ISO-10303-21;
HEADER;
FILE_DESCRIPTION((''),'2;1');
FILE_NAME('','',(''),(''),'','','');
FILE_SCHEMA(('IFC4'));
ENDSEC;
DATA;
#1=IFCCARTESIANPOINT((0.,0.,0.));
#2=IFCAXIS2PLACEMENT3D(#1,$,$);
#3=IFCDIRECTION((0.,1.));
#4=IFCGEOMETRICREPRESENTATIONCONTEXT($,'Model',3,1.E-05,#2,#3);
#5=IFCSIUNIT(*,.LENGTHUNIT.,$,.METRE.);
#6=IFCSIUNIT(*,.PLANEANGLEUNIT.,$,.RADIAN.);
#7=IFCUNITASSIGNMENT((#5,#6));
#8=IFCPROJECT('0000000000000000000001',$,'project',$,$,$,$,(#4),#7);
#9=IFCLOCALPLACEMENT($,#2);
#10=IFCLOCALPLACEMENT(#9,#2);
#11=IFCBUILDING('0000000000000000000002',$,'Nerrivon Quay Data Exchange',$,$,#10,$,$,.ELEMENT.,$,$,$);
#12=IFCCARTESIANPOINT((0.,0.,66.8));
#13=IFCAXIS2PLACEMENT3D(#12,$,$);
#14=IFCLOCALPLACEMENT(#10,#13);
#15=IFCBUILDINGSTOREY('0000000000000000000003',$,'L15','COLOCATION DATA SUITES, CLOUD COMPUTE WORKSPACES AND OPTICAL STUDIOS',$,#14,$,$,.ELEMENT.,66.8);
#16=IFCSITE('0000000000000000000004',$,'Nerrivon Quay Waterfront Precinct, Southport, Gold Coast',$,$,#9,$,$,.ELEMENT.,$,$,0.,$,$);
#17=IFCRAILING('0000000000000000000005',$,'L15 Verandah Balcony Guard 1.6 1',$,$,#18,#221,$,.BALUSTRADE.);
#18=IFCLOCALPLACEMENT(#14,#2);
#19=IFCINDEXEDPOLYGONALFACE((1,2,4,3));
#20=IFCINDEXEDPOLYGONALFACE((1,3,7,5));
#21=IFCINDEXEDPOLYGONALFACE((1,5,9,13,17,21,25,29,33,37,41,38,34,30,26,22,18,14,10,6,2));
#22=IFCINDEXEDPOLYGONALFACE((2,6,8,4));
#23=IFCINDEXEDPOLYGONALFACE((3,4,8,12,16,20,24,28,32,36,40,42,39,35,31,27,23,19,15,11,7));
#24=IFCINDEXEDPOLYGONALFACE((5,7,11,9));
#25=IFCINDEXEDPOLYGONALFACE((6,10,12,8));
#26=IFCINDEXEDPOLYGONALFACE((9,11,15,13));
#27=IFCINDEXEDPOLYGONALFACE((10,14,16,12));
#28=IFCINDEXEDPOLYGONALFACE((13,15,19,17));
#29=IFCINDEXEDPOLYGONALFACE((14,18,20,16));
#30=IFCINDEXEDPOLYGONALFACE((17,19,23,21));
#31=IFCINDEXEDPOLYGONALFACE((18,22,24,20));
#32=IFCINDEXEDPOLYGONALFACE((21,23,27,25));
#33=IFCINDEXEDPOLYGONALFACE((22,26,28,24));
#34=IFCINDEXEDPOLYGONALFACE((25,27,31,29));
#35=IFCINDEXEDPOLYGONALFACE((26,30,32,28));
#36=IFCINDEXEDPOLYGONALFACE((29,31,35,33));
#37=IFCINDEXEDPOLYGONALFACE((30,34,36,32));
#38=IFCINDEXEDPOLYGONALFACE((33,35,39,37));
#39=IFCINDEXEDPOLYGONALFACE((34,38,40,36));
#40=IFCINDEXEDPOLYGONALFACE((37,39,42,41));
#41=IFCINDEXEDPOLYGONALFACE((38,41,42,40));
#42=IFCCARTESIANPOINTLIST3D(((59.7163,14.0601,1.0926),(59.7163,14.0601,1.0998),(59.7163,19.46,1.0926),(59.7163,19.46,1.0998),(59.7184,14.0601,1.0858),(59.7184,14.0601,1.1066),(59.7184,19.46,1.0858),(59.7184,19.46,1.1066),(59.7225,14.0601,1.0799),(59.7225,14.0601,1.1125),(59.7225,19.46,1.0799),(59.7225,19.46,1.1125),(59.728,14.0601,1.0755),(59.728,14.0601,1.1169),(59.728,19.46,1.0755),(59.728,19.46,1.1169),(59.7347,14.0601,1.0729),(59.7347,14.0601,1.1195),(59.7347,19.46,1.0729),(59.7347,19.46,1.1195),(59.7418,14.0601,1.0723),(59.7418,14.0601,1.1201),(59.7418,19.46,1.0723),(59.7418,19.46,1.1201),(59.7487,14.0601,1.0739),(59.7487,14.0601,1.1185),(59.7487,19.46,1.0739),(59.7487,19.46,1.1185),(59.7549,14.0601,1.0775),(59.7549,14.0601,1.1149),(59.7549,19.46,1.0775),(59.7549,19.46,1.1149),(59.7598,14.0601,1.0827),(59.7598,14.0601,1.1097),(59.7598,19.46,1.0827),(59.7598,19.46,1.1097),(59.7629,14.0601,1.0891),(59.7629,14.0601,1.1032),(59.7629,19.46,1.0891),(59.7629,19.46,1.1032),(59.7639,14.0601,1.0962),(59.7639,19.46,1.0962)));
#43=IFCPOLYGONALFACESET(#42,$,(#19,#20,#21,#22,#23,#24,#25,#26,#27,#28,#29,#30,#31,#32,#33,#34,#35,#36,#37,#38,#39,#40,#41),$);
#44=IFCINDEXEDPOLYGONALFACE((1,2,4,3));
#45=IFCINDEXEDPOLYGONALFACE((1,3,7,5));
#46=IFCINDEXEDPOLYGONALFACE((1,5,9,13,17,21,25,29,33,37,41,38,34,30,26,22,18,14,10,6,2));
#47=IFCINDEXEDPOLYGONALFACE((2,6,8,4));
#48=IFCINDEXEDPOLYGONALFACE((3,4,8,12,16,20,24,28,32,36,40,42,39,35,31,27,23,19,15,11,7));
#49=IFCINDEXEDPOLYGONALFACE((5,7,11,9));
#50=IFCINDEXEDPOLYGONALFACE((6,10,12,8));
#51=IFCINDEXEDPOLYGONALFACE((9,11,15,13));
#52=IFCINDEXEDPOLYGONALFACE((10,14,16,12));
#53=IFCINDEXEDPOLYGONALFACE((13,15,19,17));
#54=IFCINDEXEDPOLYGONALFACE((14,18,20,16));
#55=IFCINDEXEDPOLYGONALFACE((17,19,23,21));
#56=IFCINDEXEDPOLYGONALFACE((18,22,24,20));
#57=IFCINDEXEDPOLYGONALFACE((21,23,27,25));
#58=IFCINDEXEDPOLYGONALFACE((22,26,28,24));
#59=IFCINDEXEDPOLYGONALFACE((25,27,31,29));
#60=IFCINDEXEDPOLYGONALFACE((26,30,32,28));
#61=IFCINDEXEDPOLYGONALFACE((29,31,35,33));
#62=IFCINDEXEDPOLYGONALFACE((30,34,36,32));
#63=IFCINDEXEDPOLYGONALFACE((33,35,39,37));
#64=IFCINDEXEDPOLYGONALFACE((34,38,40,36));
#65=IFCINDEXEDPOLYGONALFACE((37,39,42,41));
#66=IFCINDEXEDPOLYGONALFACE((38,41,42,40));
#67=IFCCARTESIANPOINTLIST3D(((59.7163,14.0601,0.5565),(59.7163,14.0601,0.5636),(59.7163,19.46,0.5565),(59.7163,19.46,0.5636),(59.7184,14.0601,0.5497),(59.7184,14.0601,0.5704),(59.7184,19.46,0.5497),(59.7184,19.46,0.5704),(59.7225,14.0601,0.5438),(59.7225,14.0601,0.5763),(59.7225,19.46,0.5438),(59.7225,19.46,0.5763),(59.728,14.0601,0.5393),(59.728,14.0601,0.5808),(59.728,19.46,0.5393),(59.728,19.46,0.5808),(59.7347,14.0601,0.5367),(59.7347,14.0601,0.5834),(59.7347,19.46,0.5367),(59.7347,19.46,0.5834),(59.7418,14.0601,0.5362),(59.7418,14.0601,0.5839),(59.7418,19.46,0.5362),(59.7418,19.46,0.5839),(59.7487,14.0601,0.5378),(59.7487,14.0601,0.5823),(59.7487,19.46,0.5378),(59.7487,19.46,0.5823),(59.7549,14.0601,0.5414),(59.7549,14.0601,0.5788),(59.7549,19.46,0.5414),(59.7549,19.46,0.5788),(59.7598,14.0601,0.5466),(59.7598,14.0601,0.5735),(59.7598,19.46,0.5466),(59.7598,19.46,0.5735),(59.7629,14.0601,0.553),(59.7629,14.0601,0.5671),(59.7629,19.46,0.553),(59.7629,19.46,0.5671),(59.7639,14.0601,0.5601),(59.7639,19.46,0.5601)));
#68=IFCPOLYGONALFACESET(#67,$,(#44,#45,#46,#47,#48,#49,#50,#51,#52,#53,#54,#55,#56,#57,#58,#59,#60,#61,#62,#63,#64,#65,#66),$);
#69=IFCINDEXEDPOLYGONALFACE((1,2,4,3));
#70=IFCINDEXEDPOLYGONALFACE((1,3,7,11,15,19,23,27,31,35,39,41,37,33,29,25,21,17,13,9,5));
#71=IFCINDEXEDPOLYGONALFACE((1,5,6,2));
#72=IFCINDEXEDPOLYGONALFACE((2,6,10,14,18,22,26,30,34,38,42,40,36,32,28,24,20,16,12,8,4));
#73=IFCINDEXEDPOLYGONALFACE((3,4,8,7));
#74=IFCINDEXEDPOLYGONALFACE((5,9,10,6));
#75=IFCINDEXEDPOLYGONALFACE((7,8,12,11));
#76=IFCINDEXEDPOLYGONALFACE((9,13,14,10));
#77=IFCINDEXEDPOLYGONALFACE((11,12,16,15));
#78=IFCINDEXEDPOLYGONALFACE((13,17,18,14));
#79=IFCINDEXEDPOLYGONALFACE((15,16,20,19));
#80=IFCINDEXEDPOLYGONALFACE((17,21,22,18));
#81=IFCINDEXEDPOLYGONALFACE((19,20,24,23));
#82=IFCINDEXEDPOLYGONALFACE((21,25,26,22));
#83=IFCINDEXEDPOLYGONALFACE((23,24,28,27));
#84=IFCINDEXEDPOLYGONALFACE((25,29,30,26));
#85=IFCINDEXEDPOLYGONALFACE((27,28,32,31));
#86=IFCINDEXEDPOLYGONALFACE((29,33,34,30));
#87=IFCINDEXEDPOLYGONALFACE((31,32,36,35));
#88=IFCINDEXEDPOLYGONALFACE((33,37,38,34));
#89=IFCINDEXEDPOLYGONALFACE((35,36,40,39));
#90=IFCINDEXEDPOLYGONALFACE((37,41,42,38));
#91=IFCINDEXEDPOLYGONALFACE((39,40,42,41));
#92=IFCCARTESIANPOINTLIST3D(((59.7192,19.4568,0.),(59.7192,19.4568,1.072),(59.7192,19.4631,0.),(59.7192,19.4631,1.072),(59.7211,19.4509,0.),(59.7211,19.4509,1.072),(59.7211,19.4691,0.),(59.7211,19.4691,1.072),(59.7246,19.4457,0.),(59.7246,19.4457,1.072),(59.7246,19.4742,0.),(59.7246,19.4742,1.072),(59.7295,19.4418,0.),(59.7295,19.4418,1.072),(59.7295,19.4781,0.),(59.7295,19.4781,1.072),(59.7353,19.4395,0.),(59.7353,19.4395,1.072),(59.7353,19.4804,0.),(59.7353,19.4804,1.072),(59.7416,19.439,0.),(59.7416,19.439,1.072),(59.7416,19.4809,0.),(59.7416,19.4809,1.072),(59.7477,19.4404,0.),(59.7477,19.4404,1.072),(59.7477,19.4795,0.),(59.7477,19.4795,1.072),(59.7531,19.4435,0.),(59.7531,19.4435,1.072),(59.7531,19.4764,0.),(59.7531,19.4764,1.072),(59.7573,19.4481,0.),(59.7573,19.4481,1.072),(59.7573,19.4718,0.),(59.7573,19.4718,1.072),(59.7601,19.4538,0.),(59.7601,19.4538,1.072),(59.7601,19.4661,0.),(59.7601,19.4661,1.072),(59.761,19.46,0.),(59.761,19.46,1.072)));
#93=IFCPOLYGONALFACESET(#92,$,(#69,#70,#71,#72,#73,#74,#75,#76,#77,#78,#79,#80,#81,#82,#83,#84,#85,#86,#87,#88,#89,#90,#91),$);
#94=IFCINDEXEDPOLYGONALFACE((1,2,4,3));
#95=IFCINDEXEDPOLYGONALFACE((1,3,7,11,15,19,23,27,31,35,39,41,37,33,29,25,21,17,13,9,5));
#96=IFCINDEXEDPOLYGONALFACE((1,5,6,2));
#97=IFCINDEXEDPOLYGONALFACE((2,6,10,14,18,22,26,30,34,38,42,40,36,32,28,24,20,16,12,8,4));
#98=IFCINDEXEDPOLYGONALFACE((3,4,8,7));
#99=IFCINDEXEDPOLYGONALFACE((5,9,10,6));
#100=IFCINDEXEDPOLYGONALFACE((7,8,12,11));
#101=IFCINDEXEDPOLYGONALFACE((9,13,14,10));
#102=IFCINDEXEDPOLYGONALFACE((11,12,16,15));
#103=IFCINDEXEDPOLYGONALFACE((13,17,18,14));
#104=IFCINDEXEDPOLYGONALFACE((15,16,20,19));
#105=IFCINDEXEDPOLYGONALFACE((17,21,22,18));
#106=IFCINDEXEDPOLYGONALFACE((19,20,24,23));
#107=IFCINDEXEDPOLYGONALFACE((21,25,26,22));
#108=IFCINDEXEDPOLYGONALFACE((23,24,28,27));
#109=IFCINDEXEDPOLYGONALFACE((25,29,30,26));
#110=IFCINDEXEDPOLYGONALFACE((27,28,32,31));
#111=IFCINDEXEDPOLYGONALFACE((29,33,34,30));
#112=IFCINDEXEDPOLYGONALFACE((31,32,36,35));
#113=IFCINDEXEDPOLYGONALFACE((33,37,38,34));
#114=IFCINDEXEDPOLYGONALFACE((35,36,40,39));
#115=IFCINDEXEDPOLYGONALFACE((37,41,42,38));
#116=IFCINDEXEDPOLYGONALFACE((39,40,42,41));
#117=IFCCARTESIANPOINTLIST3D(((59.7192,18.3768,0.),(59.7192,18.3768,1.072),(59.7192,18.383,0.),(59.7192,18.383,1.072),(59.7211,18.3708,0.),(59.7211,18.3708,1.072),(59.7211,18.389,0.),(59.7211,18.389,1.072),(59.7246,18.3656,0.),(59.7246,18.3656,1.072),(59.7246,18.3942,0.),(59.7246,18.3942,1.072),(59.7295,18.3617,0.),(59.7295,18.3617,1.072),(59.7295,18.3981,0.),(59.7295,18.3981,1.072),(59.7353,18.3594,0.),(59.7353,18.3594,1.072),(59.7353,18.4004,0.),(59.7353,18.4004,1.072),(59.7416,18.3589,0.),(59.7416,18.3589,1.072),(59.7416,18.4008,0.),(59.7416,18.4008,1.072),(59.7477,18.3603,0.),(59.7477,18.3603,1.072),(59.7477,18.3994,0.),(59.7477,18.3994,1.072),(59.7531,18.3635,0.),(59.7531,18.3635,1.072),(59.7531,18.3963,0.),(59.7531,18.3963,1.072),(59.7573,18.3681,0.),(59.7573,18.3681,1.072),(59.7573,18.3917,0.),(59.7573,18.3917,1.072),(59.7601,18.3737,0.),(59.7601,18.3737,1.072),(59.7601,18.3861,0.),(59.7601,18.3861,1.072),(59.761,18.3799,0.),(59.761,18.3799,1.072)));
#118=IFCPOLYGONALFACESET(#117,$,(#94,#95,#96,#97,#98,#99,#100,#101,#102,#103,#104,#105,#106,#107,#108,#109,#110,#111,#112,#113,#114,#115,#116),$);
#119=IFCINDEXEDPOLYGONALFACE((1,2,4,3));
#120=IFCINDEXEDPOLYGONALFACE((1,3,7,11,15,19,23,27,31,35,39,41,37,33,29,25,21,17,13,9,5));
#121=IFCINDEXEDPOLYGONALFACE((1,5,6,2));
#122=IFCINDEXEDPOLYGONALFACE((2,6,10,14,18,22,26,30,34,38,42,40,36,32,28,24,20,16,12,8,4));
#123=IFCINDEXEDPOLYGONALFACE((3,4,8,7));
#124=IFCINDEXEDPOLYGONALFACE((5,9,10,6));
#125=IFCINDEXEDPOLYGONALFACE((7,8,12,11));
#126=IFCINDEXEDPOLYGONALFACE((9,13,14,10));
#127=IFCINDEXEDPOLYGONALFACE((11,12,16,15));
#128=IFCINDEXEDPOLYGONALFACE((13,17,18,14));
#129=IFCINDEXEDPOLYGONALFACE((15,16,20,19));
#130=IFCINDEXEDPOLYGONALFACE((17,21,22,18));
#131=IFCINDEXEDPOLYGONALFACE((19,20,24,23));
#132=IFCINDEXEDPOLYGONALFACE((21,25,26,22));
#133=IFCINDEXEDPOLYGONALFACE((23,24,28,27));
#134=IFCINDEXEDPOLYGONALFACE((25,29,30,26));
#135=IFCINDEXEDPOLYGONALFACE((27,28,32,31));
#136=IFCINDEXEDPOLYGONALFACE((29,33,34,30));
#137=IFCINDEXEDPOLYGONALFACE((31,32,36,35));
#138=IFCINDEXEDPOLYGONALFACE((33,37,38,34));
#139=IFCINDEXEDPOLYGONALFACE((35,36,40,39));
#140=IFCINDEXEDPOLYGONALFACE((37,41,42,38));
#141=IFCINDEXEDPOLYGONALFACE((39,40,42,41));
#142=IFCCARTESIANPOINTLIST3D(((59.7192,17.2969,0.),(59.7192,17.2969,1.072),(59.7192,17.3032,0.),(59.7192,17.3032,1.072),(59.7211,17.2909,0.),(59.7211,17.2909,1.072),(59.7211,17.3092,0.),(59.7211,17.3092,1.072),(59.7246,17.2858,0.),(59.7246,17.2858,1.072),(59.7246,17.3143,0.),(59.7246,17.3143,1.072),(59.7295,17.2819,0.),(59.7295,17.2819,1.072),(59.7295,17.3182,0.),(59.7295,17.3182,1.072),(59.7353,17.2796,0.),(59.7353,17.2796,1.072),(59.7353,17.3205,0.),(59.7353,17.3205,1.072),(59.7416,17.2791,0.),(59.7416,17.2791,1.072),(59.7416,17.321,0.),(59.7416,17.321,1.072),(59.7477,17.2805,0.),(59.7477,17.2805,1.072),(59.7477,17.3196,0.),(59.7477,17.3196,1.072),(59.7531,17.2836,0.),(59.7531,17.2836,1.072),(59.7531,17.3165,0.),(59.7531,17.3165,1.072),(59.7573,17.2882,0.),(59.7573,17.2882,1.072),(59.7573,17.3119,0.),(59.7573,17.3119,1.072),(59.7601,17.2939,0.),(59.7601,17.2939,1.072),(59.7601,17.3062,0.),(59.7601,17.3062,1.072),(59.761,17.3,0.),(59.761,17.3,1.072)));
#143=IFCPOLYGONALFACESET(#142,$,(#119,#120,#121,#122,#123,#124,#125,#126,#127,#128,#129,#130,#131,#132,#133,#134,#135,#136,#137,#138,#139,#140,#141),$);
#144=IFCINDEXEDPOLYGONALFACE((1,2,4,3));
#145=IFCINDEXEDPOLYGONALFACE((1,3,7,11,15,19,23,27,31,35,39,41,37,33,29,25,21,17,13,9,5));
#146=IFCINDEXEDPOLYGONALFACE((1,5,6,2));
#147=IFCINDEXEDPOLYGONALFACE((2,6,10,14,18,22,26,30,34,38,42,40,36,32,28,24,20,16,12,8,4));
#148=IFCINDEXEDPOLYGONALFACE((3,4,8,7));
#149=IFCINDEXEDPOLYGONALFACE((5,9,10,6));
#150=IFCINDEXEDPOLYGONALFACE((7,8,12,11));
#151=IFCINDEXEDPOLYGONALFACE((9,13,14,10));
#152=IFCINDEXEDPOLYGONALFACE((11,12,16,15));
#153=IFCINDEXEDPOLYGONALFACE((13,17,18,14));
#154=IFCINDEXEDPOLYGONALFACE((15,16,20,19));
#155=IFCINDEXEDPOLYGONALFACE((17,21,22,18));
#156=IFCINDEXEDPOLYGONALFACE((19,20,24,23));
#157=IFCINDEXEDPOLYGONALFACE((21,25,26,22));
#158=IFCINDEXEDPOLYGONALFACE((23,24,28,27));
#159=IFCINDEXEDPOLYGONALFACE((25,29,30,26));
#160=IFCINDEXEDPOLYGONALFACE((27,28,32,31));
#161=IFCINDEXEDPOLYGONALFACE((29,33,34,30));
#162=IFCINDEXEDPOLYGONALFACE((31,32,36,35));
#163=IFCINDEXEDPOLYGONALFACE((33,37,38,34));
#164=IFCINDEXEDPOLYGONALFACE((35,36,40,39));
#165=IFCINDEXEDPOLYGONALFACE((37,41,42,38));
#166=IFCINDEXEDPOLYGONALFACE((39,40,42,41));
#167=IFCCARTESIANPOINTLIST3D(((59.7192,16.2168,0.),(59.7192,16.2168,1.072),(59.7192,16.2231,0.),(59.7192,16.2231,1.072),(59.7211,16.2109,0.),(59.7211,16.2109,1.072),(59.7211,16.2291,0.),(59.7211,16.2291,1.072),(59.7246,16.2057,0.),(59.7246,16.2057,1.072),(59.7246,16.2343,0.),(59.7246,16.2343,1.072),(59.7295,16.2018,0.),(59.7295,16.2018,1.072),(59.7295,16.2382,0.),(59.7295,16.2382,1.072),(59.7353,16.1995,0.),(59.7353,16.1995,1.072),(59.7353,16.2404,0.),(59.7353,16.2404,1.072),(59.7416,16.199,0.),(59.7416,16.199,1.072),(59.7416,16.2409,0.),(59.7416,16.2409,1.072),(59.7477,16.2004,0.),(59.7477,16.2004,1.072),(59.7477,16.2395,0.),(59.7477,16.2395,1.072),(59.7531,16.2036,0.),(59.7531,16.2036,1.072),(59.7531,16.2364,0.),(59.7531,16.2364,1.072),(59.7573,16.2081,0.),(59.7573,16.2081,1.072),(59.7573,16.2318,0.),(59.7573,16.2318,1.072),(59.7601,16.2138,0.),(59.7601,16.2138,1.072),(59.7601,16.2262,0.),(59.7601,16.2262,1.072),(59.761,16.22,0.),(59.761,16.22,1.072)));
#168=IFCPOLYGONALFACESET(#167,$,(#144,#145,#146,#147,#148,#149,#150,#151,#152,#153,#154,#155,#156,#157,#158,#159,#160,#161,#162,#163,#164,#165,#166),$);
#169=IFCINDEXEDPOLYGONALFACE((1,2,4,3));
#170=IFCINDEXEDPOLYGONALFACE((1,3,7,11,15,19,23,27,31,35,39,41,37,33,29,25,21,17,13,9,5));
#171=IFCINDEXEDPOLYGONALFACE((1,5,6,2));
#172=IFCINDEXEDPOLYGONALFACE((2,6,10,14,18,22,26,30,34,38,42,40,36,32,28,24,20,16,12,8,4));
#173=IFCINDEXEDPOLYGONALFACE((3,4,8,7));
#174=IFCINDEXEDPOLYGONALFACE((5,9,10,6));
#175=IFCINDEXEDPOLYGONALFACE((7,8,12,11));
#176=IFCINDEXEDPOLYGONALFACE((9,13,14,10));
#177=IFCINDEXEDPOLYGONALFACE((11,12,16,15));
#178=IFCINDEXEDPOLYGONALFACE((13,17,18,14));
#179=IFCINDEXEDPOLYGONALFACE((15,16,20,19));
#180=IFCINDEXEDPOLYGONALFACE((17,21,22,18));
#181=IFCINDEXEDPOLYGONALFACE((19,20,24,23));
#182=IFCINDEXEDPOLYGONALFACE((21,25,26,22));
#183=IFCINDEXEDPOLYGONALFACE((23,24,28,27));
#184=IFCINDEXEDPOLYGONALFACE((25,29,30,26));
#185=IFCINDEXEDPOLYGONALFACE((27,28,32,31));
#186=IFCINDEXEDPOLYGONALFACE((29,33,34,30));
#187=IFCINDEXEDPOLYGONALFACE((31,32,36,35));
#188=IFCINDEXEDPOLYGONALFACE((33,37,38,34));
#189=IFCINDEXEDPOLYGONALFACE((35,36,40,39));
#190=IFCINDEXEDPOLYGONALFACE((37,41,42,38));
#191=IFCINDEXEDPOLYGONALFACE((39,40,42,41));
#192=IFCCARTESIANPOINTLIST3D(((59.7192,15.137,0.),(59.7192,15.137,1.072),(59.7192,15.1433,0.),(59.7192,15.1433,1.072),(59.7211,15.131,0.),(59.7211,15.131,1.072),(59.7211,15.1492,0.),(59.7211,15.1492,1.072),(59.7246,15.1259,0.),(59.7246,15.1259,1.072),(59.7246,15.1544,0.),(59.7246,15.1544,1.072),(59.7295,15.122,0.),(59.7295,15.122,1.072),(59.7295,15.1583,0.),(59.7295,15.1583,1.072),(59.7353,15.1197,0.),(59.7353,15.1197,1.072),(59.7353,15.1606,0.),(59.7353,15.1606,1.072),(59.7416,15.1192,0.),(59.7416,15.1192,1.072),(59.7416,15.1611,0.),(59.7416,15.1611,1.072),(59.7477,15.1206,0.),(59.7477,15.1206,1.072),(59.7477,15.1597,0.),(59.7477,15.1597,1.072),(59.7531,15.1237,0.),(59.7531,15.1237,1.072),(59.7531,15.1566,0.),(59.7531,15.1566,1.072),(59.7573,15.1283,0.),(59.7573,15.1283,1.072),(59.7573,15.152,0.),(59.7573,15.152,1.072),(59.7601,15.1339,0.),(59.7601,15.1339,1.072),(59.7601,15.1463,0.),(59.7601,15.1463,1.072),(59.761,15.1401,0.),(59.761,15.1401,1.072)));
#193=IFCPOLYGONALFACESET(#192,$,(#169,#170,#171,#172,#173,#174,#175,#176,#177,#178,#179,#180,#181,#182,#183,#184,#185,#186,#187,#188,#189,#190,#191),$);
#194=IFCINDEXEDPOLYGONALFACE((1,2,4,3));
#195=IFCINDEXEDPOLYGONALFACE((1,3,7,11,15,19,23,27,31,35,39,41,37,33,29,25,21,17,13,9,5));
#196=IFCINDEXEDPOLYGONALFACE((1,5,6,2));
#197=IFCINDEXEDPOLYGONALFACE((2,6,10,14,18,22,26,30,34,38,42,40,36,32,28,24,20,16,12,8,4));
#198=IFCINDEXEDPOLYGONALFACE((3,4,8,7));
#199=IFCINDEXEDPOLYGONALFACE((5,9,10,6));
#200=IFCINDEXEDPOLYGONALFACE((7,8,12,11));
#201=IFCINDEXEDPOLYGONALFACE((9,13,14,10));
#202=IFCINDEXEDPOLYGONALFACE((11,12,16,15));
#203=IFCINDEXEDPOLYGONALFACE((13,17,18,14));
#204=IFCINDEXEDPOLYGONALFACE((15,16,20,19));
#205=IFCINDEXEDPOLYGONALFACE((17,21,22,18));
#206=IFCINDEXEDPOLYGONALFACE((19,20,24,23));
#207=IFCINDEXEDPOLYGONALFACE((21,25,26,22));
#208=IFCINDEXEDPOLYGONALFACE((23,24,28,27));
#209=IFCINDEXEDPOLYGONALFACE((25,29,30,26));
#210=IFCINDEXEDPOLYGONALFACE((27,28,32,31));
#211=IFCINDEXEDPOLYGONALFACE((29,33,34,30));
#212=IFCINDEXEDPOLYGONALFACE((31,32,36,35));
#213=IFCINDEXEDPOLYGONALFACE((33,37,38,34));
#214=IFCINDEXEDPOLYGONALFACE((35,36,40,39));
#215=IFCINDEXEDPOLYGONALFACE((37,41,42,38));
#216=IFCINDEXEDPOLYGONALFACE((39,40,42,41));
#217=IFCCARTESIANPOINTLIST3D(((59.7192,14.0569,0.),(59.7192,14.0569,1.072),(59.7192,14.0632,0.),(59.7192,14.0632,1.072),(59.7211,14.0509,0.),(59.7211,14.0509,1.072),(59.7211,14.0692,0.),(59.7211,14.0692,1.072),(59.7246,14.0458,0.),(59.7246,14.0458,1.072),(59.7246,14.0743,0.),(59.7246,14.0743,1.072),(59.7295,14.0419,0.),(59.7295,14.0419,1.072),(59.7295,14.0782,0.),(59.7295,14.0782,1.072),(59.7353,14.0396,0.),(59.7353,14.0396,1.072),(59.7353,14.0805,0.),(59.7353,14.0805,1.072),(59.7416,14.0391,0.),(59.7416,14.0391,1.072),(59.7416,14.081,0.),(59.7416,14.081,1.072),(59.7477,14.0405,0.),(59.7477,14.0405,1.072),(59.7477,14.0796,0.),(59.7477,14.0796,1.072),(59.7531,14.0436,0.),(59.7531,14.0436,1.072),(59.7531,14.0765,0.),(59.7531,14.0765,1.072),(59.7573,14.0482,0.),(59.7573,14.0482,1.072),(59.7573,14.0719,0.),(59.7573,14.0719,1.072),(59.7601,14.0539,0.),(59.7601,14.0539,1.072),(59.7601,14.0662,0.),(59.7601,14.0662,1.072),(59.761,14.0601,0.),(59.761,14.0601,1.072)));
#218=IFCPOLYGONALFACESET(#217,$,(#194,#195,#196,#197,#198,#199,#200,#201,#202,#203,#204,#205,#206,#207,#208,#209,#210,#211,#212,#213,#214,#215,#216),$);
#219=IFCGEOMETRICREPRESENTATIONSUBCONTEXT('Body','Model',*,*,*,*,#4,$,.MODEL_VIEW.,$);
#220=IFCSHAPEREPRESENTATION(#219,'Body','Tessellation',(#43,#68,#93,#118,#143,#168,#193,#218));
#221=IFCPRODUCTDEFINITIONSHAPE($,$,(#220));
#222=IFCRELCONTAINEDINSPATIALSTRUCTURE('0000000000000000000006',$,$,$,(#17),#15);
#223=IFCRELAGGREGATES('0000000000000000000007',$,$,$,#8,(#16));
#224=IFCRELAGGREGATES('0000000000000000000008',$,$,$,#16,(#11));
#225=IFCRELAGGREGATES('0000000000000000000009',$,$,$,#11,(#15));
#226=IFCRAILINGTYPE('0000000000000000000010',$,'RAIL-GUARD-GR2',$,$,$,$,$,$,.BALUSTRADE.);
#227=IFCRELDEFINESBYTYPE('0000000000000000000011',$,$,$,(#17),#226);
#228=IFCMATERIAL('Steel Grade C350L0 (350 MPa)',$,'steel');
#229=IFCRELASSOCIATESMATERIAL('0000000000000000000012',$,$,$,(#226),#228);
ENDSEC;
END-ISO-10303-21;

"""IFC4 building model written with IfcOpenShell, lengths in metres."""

from ifc_helpers import new_model, si_unit, direction, frame, origin, origin_2d, place, context, subcontext, project, spatial, circle, extrude, material, type_object, element, save


model = new_model("IFC4")

# Units and contexts
model_context = context("Model", 3, precision=1e-05, world=origin(), true_north=direction((0.0, 1.0)))
body_context = subcontext(model_context, "Body", "Model", "MODEL_VIEW")
ifc_project = project(units=[si_unit("LENGTHUNIT", "METRE"), si_unit("PLANEANGLEUNIT", "RADIAN")], contexts=[model_context])

# Site, building, storey
site_placement = place(None, origin())
site = spatial("IfcSite", under=ifc_project, at=site_placement, Name="Nerrivon Quay Waterfront Precinct, Southport, Gold Coast", CompositionType="ELEMENT", RefElevation=0.0)
building_placement = place(site_placement, origin())
building = spatial("IfcBuilding", under=site, at=building_placement, Name="Nerrivon Quay Data Exchange", CompositionType="ELEMENT")
storey_placement = place(building_placement, frame((0.0, 0.0, 66.8)))
storey = spatial("IfcBuildingStorey", under=building, at=storey_placement, Name="L15", Description="COLOCATION DATA SUITES, CLOUD COMPUTE WORKSPACES AND OPTICAL STUDIOS", CompositionType="ELEMENT", Elevation=66.8)

# Railing
ifc_material_1 = material(Name="Steel Grade C350L0 (350 MPa)", Category="steel")
railing_type = type_object("IfcRailingType", Name="RAIL-GUARD-GR2", PredefinedType="BALUSTRADE", material=ifc_material_1)
railing_1_placement = place(storey_placement, frame((59.74, 19.46, 0.0)))
element("IfcRailing", 1, at=railing_1_placement, inside=storey, type_object=railing_type, Name="L15 Verandah Balcony Guard 1.6 1", PredefinedType="BALUSTRADE", context=body_context, shape_type="SweptSolid", body=[
    extrude(circle(Radius=0.0239, at=origin_2d()), frame((0.0, 0.0, 1.0962), z_axis=(0.0, -1.0, 0.0), x_axis=(1.0, 0.0, 0.0)), (0.0, 0.0, 1.0), 5.3999),
    extrude(circle(Radius=0.0239, at=origin_2d()), frame((0.0, 0.0, 0.5601), z_axis=(0.0, -1.0, 0.0), x_axis=(1.0, 0.0, 0.0)), (0.0, 0.0, 1.0), 5.3999),
    extrude(circle(Radius=0.021, at=origin_2d()), origin(), (0.0, 0.0, 1.0), 1.072),
    extrude(circle(Radius=0.021, at=origin_2d()), frame((0.0, -1.0801, 0.0)), (0.0, 0.0, 1.0), 1.072),
    extrude(circle(Radius=0.021, at=origin_2d()), frame((0.0, -2.1599, 0.0)), (0.0, 0.0, 1.0), 1.072),
    extrude(circle(Radius=0.021, at=origin_2d()), frame((0.0, -3.24, 0.0)), (0.0, 0.0, 1.0), 1.072),
    extrude(circle(Radius=0.021, at=origin_2d()), frame((0.0, -4.3198, 0.0)), (0.0, 0.0, 1.0), 1.072),
    extrude(circle(Radius=0.021, at=origin_2d()), frame((0.0, -5.3999, 0.0)), (0.0, 0.0, 1.0), 1.072),
])

save(model, "model.ifc")
